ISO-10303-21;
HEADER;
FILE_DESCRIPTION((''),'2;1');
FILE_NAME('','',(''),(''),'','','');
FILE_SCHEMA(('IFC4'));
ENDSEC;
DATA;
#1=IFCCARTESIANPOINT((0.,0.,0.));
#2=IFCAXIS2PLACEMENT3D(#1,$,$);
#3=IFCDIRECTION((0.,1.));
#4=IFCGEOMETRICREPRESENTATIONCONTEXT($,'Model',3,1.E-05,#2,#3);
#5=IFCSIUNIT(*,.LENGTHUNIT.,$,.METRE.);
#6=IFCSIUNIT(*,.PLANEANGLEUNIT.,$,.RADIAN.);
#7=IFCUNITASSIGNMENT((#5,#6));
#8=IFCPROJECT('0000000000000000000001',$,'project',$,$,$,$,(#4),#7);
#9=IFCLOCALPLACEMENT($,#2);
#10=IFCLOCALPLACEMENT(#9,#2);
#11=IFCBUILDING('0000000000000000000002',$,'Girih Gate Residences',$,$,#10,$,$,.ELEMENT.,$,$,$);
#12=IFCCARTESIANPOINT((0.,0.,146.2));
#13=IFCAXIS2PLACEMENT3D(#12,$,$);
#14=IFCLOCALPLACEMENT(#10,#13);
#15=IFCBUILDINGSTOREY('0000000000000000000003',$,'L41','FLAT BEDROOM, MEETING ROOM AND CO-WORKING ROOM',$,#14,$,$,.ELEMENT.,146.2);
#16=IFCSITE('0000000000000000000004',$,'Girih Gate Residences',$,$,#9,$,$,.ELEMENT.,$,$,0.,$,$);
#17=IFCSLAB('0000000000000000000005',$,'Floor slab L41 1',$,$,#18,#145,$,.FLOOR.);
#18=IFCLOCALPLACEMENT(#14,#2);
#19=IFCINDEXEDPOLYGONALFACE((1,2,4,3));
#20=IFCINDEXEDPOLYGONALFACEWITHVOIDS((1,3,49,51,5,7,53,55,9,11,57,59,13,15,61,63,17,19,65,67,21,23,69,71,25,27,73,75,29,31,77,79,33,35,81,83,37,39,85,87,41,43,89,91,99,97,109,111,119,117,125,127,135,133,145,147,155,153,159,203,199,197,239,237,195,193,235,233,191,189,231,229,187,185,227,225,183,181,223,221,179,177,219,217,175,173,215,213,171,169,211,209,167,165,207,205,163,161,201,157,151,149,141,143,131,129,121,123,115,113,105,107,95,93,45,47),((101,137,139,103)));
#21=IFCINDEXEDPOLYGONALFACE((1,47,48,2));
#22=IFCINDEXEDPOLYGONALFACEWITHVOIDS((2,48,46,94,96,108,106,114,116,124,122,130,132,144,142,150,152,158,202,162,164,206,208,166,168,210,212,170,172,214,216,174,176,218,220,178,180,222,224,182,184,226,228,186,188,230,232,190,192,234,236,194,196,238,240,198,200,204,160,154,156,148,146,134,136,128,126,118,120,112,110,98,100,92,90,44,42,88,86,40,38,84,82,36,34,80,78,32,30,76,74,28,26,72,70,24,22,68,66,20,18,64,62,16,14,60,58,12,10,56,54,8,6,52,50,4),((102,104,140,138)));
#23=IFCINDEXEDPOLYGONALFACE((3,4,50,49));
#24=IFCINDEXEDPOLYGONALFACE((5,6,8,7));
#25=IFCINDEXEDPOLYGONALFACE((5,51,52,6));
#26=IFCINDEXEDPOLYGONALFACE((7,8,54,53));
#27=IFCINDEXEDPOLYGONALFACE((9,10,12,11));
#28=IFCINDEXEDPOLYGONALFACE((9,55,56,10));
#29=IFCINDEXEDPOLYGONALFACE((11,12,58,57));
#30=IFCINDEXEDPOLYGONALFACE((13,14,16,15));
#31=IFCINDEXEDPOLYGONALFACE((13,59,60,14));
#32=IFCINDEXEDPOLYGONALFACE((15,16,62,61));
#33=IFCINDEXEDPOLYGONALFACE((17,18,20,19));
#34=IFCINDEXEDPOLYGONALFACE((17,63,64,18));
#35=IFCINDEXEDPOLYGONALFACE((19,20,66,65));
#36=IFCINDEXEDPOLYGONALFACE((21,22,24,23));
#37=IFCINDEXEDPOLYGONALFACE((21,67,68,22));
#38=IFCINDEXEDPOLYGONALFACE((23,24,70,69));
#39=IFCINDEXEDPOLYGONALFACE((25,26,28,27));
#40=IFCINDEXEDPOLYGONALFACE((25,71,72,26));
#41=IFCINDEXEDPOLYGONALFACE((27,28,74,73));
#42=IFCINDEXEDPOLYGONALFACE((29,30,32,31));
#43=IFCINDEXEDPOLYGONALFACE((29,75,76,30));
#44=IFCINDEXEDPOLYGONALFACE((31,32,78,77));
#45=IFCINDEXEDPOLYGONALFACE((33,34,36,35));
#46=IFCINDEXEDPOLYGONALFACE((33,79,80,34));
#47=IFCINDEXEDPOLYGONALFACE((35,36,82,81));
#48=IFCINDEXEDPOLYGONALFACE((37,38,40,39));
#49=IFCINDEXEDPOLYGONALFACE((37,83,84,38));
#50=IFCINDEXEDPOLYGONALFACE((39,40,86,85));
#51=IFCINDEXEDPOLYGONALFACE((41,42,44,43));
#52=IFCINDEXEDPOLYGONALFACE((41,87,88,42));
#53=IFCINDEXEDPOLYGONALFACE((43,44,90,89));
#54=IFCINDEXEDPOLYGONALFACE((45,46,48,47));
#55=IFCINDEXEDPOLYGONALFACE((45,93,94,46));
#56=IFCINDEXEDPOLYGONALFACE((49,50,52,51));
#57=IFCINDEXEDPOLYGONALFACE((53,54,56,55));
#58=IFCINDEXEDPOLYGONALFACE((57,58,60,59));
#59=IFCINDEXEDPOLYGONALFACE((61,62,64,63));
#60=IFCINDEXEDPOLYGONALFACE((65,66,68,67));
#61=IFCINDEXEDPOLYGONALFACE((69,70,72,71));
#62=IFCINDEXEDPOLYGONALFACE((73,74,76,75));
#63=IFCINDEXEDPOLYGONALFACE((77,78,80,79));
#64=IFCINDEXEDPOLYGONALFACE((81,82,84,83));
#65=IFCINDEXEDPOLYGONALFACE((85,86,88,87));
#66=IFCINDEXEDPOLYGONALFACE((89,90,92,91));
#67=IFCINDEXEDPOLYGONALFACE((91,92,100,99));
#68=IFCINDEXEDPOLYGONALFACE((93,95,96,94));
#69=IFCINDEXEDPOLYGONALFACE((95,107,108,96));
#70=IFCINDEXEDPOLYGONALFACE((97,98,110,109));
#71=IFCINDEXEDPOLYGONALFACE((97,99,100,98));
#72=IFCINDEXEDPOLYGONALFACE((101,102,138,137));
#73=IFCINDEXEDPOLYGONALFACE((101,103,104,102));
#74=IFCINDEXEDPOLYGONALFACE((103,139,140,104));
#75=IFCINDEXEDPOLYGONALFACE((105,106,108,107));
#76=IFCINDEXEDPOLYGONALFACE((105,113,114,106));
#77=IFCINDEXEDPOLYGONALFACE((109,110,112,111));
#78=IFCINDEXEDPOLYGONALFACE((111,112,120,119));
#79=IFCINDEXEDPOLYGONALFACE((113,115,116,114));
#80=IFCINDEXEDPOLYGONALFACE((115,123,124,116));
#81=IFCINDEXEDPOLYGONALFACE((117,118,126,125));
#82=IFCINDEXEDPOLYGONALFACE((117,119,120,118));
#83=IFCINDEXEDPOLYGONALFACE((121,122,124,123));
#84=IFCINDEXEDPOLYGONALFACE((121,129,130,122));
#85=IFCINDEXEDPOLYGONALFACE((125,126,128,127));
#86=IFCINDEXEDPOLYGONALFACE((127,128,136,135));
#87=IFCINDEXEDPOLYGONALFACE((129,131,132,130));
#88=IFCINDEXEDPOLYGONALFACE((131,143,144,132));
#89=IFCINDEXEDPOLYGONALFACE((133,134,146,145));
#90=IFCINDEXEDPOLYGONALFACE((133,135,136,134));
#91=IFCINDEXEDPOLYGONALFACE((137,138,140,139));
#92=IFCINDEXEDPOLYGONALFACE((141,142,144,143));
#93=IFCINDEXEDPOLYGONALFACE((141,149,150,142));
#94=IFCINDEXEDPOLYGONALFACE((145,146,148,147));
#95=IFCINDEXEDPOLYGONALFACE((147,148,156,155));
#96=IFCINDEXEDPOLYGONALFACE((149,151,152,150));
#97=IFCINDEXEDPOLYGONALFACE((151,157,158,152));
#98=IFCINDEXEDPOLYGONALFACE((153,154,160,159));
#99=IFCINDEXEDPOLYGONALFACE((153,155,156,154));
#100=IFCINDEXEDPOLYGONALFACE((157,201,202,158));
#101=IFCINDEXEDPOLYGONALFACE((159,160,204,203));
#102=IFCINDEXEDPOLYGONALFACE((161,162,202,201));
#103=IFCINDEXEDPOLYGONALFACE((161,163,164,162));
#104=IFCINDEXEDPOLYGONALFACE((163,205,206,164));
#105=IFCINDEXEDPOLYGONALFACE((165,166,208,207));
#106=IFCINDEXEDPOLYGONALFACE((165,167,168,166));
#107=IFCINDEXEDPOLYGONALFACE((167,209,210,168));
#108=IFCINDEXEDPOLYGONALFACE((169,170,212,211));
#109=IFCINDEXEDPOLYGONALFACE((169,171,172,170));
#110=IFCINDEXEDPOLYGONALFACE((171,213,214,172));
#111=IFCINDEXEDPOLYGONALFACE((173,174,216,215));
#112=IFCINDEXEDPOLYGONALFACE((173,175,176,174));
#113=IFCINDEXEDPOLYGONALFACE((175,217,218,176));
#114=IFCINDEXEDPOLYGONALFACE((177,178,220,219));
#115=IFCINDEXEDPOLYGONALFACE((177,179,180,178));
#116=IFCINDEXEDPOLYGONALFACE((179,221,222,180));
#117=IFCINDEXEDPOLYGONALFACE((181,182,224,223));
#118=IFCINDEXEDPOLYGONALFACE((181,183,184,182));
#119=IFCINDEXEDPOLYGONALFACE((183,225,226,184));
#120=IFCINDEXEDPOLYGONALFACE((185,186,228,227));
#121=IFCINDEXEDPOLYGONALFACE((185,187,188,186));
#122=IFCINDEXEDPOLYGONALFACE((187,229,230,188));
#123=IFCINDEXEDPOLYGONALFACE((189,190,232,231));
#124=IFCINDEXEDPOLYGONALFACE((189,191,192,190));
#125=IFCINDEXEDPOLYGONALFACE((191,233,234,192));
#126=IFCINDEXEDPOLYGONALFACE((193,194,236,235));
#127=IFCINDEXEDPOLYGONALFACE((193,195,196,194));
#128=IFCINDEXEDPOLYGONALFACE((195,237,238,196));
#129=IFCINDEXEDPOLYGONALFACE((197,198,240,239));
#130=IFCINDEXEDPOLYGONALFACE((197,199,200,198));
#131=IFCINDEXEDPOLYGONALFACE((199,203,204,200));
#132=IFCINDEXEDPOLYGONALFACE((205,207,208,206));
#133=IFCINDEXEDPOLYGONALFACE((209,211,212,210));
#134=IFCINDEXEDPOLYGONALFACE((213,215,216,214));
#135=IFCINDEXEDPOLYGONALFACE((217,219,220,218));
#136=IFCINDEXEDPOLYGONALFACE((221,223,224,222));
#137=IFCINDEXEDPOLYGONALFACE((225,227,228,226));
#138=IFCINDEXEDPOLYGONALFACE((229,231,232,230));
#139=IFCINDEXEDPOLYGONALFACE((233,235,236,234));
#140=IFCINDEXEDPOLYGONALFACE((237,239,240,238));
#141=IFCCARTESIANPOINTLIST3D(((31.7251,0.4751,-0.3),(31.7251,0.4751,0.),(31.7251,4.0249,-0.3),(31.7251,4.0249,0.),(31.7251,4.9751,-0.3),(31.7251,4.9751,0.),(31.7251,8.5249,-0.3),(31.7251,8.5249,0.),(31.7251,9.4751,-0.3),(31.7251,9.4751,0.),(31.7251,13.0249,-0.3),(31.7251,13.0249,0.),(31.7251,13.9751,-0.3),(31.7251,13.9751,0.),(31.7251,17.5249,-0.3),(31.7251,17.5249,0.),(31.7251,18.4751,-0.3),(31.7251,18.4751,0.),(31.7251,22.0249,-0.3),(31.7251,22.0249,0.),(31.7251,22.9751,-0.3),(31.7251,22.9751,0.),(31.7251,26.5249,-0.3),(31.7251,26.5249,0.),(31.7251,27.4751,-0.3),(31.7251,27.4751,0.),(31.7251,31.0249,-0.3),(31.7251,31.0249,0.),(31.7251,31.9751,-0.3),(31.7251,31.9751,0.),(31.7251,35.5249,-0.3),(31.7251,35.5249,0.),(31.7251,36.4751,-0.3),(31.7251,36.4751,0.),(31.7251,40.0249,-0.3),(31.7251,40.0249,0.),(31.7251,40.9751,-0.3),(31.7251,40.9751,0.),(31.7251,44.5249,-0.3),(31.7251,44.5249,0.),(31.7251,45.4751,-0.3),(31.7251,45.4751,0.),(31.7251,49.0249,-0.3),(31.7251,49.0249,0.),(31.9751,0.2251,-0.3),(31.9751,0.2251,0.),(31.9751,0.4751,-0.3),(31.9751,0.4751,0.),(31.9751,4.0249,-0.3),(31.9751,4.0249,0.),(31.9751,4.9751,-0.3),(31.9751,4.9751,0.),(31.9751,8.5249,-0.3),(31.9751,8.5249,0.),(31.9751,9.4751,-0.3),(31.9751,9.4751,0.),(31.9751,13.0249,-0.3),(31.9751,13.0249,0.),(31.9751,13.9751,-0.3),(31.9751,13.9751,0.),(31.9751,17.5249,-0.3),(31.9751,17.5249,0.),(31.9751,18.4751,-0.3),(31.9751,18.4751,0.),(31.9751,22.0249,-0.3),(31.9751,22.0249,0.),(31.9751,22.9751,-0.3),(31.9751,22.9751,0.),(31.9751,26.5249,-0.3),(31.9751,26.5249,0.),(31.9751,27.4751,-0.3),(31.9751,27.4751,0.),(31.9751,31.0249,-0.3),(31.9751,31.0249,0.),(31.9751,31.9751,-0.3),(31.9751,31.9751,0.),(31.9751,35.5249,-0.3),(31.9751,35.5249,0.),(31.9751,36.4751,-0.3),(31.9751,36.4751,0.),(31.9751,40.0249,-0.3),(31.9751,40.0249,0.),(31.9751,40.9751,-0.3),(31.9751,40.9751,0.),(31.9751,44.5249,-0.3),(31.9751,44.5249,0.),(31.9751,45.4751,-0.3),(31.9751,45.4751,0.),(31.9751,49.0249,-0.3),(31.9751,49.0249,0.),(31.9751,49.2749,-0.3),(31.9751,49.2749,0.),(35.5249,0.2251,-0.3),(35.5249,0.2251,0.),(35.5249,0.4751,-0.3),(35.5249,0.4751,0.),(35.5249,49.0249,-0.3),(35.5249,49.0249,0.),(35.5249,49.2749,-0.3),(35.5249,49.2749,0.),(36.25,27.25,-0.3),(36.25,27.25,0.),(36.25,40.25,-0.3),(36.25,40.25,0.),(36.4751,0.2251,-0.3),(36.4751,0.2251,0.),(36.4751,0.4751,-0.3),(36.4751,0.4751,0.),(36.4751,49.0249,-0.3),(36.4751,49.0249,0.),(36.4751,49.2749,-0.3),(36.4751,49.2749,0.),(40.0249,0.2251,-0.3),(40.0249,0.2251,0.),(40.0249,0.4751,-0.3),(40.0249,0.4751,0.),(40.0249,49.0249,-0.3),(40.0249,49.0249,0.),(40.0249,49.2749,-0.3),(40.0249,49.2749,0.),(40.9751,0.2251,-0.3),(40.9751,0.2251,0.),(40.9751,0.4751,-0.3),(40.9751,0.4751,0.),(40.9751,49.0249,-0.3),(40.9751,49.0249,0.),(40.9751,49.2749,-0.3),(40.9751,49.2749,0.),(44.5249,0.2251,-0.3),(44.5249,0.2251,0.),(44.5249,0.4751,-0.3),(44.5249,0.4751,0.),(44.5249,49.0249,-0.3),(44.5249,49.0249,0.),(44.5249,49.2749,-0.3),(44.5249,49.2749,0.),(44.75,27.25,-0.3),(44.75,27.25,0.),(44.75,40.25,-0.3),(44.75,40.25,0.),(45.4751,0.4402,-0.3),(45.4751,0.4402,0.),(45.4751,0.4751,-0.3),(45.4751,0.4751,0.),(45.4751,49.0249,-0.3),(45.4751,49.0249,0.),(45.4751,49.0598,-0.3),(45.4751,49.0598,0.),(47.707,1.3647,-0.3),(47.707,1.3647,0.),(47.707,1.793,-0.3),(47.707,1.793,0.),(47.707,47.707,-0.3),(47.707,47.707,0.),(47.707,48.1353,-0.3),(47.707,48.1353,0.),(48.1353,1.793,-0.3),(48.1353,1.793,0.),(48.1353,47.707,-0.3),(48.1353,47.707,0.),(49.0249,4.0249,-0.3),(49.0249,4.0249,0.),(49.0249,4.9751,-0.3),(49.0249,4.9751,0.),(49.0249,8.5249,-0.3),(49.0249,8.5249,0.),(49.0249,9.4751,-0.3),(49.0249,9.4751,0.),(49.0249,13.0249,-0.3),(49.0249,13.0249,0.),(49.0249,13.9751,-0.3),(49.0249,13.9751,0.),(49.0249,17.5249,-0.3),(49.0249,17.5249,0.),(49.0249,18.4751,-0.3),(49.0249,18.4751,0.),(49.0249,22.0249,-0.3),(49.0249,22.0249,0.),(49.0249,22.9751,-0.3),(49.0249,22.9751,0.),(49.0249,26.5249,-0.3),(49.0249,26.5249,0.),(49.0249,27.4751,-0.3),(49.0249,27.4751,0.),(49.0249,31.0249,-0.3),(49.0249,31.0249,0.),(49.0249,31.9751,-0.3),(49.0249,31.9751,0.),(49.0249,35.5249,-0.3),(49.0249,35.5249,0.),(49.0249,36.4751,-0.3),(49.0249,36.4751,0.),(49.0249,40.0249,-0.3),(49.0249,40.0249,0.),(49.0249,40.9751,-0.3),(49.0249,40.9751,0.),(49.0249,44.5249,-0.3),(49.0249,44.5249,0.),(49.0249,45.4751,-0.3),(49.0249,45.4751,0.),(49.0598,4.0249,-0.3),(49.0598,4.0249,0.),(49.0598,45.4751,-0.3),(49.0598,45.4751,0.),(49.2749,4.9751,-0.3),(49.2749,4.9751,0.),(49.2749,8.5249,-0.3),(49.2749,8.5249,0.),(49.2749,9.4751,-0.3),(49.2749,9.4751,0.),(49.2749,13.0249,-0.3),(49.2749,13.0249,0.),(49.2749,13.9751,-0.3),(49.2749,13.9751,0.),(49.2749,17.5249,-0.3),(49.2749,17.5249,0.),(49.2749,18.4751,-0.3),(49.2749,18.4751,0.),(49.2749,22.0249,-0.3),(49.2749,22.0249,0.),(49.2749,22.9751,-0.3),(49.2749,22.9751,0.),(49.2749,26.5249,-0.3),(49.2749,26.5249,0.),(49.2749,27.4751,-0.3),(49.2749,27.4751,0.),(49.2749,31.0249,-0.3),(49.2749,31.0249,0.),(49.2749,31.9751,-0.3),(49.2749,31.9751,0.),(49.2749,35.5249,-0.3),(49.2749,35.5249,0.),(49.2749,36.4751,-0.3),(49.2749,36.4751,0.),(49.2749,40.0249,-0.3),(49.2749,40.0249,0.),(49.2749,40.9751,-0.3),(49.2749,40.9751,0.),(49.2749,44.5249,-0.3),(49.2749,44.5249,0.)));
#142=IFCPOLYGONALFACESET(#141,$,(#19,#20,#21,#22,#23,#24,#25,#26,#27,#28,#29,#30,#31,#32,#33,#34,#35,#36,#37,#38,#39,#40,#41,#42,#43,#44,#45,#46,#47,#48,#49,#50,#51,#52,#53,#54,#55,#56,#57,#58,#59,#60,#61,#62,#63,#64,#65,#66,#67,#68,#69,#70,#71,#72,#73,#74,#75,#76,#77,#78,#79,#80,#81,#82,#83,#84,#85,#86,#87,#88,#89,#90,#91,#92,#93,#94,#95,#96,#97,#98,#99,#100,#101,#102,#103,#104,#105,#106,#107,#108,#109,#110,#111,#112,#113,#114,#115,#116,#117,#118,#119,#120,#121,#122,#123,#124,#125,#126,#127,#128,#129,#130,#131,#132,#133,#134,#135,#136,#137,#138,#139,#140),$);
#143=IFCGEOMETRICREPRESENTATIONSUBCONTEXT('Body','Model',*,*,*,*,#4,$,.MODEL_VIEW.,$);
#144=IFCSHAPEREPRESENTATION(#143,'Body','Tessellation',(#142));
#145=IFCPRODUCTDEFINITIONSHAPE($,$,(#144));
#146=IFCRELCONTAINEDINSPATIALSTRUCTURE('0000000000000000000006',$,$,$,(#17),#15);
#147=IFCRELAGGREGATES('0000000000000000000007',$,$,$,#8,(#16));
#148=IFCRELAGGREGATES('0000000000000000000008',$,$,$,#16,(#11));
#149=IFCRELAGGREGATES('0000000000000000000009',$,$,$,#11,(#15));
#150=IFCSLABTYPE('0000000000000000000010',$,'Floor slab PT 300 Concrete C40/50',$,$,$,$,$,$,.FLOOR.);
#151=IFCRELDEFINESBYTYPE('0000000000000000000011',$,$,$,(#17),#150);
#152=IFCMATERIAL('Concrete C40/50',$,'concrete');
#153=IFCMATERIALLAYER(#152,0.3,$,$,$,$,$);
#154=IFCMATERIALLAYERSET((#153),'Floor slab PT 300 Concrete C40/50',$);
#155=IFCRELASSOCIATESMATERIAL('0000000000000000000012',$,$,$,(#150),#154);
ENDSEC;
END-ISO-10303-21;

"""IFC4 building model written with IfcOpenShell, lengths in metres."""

from ifc_helpers import new_model, si_unit, direction, frame, origin, place, context, subcontext, project, spatial, polyline, outline, extrude, material, layer, layer_set, type_object, element, save


model = new_model("IFC4")

# Units and contexts
model_context = context("Model", 3, precision=1e-05, world=origin(), true_north=direction((0.0, 1.0)))
body_context = subcontext(model_context, "Body", "Model", "MODEL_VIEW")
ifc_project = project(units=[si_unit("LENGTHUNIT", "METRE"), si_unit("PLANEANGLEUNIT", "RADIAN")], contexts=[model_context])

# Site, building, storey
site_placement = place(None, origin())
site = spatial("IfcSite", under=ifc_project, at=site_placement, Name="Girih Gate Residences", CompositionType="ELEMENT", RefElevation=0.0)
building_placement = place(site_placement, origin())
building = spatial("IfcBuilding", under=site, at=building_placement, Name="Girih Gate Residences", CompositionType="ELEMENT")
storey_placement = place(building_placement, frame((0.0, 0.0, 146.2)))
storey = spatial("IfcBuildingStorey", under=building, at=storey_placement, Name="L41", Description="FLAT BEDROOM, MEETING ROOM AND CO-WORKING ROOM", CompositionType="ELEMENT", Elevation=146.2)

# Slab
ifc_material_1 = material(Name="Concrete C40/50", Category="concrete")
ifc_layer_1 = layer(ifc_material_1, 0.3)
ifc_layer_set_1 = layer_set([ifc_layer_1], Name="Floor slab PT 300 Concrete C40/50")
slab_type_1 = type_object("IfcSlabType", Name="Floor slab PT 300 Concrete C40/50", PredefinedType="FLOOR", material=ifc_layer_set_1)
slab_1_placement = place(storey_placement, frame((0.0, 0.0, -0.3)))
element("IfcSlab", 1, at=slab_1_placement, inside=storey, type_object=slab_type_1, Name="Floor slab L41 1", PredefinedType="FLOOR", context=body_context, shape_type="SweptSolid", body=[
    extrude(outline(polyline([(35.5249, 49.2749), (31.9751, 49.2749), (31.9751, 49.0249), (31.7251, 49.0249), (31.7251, 45.4751), (31.9751, 45.4751), (31.9751, 44.5249), (31.7251, 44.5249), (31.7251, 40.9751), (31.9751, 40.9751), (31.9751, 40.0249), (31.7251, 40.0249), (31.7251, 36.4751), (31.9751, 36.4751), (31.9751, 35.5249), (31.7251, 35.5249), (31.7251, 31.9751), (31.9751, 31.9751), (31.9751, 31.0249), (31.7251, 31.0249), (31.7251, 27.4751), (31.9751, 27.4751), (31.9751, 26.5249), (31.7251, 26.5249), (31.7251, 22.9751), (31.9751, 22.9751), (31.9751, 22.0249), (31.7251, 22.0249), (31.7251, 18.4751), (31.9751, 18.4751), (31.9751, 17.5249), (31.7251, 17.5249), (31.7251, 13.9751), (31.9751, 13.9751), (31.9751, 13.0249), (31.7251, 13.0249), (31.7251, 9.4751), (31.9751, 9.4751), (31.9751, 8.5249), (31.7251, 8.5249), (31.7251, 4.9751), (31.9751, 4.9751), (31.9751, 4.0249), (31.7251, 4.0249), (31.7251, 0.4751), (31.9751, 0.4751), (31.9751, 0.2251), (35.5249, 0.2251), (35.5249, 0.4751), (36.4751, 0.4751), (36.4751, 0.2251), (40.0249, 0.2251), (40.0249, 0.4751), (40.9751, 0.4751), (40.9751, 0.2251), (44.5249, 0.2251), (44.5249, 0.4751), (45.4751, 0.4751), (45.4751, 0.4402), (47.707, 1.3647), (47.707, 1.793), (48.1353, 1.793), (49.0598, 4.0249), (49.0249, 4.0249), (49.0249, 4.9751), (49.2749, 4.9751), (49.2749, 8.5249), (49.0249, 8.5249), (49.0249, 9.4751), (49.2749, 9.4751), (49.2749, 13.0249), (49.0249, 13.0249), (49.0249, 13.9751), (49.2749, 13.9751), (49.2749, 17.5249), (49.0249, 17.5249), (49.0249, 18.4751), (49.2749, 18.4751), (49.2749, 22.0249), (49.0249, 22.0249), (49.0249, 22.9751), (49.2749, 22.9751), (49.2749, 26.5249), (49.0249, 26.5249), (49.0249, 27.4751), (49.2749, 27.4751), (49.2749, 31.0249), (49.0249, 31.0249), (49.0249, 31.9751), (49.2749, 31.9751), (49.2749, 35.5249), (49.0249, 35.5249), (49.0249, 36.4751), (49.2749, 36.4751), (49.2749, 40.0249), (49.0249, 40.0249), (49.0249, 40.9751), (49.2749, 40.9751), (49.2749, 44.5249), (49.0249, 44.5249), (49.0249, 45.4751), (49.0598, 45.4751), (48.1353, 47.707), (47.707, 47.707), (47.707, 48.1353), (45.4751, 49.0598), (45.4751, 49.0249), (44.5249, 49.0249), (44.5249, 49.2749), (40.9751, 49.2749), (40.9751, 49.0249), (40.0249, 49.0249), (40.0249, 49.2749), (36.4751, 49.2749), (36.4751, 49.0249), (35.5249, 49.0249), (35.5249, 49.2749)]), holes=[polyline([(44.75, 40.25), (44.75, 27.25), (36.25, 27.25), (36.25, 40.25), (44.75, 40.25)])]), origin(), (0.0, 0.0, 1.0), 0.3),
])

save(model, "model.ifc")
